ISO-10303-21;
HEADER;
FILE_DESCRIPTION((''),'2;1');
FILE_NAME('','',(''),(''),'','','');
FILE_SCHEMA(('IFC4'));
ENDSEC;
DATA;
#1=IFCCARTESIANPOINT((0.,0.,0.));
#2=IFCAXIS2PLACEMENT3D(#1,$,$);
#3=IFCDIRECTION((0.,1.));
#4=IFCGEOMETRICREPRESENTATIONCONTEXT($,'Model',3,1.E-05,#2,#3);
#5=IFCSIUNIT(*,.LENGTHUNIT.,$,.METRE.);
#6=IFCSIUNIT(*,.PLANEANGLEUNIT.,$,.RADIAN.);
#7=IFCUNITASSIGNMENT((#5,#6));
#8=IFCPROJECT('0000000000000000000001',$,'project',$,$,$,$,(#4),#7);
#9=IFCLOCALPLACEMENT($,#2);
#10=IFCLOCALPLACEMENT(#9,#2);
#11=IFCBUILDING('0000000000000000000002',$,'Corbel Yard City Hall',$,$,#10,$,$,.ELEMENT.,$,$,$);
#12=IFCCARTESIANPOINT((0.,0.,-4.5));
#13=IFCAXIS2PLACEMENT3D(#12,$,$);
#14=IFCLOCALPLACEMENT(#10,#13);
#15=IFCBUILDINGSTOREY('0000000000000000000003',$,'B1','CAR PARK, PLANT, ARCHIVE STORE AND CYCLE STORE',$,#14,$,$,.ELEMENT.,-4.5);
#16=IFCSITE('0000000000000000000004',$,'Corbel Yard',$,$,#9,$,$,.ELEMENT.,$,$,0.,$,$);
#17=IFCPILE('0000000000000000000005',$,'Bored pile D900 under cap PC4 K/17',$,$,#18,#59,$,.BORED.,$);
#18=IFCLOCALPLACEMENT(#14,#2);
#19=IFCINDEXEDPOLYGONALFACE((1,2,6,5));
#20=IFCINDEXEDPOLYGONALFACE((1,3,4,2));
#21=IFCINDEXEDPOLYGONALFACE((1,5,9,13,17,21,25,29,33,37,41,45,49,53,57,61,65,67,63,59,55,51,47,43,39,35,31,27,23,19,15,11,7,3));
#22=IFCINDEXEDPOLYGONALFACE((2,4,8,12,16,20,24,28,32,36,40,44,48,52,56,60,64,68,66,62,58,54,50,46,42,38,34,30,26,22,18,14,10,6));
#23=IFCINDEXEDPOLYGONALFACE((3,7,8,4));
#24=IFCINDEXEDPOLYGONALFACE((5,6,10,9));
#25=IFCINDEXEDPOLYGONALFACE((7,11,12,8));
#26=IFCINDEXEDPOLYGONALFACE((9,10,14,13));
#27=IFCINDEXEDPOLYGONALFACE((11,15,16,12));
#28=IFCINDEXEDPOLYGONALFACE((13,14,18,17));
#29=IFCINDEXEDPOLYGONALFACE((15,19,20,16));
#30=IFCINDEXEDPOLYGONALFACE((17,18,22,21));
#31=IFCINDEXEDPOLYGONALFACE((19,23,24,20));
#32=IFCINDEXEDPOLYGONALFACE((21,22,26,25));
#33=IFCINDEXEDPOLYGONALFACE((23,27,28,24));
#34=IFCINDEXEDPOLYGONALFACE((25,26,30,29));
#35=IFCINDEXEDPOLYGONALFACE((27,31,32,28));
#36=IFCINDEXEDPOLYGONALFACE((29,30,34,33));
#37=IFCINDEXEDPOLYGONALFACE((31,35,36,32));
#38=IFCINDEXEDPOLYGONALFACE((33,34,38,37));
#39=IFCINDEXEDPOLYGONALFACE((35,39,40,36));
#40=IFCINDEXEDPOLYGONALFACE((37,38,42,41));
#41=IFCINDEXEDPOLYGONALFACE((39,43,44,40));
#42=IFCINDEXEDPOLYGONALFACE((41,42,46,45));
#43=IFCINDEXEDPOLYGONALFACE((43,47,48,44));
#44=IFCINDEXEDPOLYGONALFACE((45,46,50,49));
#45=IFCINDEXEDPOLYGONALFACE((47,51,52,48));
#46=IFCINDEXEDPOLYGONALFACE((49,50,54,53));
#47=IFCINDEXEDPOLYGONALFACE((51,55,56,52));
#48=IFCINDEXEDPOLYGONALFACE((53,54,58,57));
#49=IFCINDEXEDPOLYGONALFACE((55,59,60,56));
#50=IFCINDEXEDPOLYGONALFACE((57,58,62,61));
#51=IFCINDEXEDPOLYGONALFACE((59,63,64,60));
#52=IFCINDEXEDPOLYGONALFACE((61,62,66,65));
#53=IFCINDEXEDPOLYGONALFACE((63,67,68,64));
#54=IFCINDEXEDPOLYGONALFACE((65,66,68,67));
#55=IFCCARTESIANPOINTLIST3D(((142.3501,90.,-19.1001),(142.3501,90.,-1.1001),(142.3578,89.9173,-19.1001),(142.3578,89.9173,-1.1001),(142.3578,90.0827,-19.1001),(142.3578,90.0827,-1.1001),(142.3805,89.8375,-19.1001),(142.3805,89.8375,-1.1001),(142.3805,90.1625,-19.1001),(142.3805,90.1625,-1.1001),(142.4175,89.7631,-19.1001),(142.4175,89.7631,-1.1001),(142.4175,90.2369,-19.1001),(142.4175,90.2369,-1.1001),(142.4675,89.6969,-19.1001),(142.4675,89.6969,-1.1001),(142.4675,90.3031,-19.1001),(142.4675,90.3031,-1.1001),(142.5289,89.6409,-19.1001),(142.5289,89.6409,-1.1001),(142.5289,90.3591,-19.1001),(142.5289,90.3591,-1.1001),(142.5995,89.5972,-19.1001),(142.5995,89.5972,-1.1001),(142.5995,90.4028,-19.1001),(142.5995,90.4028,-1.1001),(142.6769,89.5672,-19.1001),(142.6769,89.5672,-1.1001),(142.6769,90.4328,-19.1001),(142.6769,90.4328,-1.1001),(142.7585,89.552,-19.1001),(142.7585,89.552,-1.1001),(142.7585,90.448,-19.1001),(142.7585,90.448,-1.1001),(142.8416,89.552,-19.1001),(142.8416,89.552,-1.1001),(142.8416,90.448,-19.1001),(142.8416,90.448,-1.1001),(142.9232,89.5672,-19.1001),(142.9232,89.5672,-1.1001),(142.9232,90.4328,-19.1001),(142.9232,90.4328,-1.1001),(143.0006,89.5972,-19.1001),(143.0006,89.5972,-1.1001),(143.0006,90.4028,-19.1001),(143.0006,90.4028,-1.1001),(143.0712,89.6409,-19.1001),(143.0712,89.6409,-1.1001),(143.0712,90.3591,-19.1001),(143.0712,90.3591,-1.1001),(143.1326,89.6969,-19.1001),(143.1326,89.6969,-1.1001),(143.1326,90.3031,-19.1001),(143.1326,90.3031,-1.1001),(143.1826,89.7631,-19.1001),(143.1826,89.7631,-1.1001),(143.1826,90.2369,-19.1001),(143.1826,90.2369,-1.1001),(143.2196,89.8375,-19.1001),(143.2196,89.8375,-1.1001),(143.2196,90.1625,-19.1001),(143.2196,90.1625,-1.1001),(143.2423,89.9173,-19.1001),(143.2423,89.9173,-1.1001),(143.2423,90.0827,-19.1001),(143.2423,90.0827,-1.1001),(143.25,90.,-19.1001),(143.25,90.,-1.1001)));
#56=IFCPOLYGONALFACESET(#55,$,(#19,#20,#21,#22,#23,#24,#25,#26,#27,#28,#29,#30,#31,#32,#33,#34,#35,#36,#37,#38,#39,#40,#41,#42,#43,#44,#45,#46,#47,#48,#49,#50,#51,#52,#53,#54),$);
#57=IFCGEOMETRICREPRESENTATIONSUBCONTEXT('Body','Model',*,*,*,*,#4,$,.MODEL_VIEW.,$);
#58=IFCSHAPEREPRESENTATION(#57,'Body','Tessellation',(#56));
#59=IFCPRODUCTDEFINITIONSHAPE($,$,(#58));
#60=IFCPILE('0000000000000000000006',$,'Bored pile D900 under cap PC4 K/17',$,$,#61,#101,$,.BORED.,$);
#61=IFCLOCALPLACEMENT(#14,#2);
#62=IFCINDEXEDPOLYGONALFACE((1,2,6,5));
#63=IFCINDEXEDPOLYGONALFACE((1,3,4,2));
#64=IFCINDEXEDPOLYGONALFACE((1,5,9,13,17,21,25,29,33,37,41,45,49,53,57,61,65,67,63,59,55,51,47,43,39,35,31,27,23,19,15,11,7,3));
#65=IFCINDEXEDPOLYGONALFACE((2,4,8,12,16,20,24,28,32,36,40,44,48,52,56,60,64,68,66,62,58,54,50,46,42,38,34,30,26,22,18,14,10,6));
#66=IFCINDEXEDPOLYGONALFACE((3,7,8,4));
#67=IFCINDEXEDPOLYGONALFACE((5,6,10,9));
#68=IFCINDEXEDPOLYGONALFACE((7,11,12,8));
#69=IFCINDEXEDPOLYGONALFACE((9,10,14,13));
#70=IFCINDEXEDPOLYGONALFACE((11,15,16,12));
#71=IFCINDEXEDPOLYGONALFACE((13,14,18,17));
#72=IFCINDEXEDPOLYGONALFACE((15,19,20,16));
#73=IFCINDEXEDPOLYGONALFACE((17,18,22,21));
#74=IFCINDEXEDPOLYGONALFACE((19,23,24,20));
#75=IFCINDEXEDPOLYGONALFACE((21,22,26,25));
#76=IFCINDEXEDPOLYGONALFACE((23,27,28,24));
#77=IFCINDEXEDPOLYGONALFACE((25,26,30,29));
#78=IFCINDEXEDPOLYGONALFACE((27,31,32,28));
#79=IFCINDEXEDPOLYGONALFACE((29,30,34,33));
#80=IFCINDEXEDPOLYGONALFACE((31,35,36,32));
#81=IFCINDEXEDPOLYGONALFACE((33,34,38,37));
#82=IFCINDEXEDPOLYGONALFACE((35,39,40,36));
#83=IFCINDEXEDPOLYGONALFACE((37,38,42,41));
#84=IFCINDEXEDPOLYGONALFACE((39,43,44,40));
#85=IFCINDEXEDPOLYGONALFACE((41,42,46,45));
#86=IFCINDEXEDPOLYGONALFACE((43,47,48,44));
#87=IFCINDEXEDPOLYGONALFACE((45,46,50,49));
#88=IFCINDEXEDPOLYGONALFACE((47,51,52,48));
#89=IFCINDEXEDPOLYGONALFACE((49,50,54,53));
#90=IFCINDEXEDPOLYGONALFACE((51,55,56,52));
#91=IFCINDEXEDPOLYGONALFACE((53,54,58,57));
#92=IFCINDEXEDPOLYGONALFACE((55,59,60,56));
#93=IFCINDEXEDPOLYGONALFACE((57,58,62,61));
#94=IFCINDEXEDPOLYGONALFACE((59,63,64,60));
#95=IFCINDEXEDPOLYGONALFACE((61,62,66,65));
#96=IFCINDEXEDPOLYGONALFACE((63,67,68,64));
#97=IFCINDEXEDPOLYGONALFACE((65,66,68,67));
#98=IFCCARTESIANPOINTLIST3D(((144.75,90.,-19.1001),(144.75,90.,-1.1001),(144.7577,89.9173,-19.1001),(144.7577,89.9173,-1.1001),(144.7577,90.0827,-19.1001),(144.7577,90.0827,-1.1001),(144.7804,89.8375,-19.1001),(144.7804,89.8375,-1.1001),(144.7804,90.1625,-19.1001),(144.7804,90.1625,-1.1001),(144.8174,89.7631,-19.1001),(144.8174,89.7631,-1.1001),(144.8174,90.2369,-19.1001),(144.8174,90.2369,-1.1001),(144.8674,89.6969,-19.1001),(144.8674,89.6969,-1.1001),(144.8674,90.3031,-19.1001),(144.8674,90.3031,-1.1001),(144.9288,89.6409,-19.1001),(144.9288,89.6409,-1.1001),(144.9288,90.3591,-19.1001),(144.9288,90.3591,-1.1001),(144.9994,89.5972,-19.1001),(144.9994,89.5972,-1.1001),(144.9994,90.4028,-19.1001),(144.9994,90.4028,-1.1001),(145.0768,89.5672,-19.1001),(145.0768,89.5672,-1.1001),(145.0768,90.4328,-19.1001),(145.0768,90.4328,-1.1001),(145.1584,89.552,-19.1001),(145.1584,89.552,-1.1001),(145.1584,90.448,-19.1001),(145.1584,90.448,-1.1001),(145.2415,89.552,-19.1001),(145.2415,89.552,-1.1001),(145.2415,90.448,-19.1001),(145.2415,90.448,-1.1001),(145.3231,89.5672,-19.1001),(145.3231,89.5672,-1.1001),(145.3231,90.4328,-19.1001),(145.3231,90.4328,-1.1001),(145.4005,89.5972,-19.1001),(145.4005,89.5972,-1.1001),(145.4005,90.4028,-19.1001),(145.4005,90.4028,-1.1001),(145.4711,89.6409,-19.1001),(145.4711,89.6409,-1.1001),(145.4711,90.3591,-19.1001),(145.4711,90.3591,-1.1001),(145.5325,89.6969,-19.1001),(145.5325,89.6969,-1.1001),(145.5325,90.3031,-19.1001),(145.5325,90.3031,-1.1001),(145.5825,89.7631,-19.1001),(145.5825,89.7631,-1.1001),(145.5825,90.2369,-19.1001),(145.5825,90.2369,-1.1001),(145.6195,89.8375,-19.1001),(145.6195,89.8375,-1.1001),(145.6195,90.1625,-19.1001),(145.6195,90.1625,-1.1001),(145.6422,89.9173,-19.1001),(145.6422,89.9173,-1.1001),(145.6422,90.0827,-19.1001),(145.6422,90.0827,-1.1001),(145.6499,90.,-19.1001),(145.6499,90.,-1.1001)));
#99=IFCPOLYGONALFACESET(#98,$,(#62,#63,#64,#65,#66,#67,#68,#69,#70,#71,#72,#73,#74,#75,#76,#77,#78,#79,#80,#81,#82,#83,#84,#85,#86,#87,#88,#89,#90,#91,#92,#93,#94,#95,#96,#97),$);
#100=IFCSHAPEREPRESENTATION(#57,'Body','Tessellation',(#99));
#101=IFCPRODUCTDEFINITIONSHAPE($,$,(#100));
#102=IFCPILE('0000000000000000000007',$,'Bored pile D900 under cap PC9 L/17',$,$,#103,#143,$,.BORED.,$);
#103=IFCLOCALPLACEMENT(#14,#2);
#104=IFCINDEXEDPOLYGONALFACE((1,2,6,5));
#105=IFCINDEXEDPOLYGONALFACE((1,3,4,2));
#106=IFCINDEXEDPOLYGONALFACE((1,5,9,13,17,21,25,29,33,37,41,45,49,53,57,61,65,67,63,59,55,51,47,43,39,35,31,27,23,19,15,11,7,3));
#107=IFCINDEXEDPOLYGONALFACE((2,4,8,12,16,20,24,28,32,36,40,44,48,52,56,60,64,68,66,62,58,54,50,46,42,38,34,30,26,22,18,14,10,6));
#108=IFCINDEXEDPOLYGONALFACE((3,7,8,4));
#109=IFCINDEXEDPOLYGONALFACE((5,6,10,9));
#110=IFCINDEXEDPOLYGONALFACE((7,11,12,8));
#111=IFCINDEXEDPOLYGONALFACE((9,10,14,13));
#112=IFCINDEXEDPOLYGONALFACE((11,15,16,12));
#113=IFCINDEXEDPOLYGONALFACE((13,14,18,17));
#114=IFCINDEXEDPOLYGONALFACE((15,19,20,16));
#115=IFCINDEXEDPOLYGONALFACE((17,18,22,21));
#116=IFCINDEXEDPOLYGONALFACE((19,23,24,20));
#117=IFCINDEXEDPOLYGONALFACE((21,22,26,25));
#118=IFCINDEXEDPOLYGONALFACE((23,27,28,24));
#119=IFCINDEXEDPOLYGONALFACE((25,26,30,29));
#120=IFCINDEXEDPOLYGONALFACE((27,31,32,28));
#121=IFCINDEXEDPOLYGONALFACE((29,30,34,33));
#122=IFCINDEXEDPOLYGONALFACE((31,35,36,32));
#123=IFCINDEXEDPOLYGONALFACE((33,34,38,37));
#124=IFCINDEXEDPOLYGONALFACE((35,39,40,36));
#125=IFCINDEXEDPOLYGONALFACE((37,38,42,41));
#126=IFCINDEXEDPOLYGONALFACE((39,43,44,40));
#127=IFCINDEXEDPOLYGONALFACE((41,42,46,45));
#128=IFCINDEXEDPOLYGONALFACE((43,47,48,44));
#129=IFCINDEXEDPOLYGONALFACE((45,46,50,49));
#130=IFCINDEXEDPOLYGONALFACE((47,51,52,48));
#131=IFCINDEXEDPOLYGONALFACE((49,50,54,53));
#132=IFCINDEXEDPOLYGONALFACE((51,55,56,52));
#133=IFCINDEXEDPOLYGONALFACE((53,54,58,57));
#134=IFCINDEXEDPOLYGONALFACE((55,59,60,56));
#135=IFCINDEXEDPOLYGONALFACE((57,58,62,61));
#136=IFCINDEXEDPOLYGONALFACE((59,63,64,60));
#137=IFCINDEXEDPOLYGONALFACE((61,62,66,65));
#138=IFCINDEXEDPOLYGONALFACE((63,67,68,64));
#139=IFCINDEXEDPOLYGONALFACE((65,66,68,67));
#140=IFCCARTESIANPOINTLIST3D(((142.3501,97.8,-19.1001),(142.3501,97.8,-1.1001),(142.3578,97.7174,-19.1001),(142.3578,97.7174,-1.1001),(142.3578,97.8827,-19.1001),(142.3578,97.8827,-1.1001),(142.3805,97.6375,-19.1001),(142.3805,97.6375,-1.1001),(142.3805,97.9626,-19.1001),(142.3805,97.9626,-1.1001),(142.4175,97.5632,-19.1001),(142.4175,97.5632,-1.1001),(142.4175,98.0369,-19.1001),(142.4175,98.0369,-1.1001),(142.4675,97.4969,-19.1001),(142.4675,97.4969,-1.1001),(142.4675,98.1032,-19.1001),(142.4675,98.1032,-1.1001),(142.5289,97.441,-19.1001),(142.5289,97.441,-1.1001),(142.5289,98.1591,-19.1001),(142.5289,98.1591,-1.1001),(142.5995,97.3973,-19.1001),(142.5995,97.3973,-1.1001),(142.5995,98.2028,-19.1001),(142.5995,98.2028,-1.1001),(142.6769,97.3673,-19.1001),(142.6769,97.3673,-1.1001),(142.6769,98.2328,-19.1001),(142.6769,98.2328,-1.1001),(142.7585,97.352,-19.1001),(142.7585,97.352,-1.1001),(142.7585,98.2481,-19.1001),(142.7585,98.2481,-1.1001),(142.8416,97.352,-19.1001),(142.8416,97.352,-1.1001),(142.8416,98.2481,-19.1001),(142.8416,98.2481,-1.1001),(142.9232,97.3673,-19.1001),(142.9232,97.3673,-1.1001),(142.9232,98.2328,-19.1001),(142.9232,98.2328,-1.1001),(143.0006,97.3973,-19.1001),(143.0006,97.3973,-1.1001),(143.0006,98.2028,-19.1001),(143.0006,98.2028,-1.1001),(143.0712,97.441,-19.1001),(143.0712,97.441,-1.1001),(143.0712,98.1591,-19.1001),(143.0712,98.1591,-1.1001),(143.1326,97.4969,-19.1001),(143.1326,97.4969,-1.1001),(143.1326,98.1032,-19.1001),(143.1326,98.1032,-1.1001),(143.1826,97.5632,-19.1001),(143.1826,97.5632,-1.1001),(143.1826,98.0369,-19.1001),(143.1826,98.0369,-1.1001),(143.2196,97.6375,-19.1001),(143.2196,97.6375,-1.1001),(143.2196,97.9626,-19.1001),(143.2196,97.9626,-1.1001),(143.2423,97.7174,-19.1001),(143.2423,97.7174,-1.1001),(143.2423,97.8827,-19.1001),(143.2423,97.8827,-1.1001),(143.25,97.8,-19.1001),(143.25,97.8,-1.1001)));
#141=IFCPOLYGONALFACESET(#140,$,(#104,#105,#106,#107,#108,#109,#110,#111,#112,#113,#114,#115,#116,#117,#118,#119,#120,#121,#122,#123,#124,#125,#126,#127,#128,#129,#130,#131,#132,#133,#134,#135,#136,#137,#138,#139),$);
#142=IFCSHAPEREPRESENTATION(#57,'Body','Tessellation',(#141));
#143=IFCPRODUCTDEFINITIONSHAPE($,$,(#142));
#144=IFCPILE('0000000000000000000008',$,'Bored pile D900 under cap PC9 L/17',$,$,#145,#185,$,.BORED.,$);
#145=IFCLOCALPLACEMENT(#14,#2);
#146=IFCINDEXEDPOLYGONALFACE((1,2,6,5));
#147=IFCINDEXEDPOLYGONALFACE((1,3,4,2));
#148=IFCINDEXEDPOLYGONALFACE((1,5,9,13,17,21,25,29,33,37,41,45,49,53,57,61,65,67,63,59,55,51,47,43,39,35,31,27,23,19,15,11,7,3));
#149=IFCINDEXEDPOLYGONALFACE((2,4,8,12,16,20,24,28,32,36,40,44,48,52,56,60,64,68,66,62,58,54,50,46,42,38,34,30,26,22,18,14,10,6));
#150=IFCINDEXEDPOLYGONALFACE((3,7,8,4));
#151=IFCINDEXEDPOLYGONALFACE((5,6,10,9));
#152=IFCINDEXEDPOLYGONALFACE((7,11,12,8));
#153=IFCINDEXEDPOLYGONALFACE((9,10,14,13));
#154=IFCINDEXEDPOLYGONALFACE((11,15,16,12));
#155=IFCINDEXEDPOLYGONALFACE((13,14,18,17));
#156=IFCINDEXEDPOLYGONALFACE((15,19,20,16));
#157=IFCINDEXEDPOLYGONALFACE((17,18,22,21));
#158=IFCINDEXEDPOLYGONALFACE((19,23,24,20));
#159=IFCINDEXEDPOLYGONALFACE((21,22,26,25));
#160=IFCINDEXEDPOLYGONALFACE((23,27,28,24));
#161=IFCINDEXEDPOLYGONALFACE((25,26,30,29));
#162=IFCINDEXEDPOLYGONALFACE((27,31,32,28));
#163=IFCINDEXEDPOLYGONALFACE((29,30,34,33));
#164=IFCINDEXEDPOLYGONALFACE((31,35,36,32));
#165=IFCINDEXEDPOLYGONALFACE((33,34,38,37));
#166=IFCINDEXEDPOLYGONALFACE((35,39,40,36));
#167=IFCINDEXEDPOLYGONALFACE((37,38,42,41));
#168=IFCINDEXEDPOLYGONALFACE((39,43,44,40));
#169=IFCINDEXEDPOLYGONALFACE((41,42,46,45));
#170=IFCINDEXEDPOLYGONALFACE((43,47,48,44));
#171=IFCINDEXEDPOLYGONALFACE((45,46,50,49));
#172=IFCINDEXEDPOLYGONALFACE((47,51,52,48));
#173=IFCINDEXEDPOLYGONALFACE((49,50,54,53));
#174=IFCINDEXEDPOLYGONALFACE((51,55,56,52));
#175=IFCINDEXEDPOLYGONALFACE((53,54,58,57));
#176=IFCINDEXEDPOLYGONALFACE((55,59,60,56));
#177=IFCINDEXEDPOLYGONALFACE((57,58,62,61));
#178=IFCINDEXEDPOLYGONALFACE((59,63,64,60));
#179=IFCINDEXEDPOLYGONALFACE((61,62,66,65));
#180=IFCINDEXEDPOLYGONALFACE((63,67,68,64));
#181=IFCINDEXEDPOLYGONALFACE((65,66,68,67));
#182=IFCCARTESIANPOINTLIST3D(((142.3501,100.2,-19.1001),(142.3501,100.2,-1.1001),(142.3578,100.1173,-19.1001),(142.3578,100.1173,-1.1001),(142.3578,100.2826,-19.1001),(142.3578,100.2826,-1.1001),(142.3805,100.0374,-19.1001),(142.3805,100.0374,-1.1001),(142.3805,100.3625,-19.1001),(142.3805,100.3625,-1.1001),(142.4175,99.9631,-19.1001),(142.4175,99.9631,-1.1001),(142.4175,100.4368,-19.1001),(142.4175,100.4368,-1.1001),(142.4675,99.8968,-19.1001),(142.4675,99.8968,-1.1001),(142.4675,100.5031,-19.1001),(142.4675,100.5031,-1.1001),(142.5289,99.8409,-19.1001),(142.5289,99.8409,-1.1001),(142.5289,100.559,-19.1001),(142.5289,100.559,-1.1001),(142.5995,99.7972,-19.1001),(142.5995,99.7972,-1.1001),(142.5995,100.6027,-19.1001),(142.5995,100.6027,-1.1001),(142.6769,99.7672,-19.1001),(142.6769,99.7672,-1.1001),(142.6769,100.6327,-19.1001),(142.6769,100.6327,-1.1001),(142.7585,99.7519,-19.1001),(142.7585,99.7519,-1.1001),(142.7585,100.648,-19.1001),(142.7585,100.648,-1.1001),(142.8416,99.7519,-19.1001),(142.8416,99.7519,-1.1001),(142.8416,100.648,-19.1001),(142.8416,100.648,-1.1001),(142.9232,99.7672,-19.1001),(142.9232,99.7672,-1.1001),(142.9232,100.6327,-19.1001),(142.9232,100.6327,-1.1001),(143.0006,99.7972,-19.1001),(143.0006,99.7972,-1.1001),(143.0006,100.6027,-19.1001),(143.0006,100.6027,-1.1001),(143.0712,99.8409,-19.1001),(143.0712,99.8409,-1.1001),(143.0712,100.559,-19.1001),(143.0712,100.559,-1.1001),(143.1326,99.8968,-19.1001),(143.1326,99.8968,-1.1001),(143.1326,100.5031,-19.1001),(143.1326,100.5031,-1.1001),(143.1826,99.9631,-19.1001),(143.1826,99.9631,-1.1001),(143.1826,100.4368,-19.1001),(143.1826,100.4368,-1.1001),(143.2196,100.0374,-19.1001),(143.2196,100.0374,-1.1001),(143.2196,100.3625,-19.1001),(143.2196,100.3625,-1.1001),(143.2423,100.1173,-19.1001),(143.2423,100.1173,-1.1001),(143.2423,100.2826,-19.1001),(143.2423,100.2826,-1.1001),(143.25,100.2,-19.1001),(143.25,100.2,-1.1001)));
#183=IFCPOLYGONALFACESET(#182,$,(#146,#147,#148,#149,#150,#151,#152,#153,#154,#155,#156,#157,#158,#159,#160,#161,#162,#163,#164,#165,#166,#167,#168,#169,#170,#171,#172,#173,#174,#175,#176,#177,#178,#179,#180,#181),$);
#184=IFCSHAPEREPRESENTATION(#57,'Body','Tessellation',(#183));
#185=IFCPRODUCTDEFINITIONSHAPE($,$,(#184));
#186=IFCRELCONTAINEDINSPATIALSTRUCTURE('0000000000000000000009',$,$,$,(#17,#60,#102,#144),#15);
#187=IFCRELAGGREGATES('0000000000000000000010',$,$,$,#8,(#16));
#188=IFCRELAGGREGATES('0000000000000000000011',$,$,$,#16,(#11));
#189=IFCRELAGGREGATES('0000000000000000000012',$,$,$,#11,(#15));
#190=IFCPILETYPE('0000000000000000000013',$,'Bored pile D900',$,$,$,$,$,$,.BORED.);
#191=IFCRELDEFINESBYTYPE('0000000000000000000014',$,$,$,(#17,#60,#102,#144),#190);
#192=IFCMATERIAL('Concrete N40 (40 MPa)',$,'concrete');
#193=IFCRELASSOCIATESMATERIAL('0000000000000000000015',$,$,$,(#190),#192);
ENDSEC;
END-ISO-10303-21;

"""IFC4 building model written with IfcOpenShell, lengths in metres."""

from ifc_helpers import new_model, si_unit, direction, frame, origin, origin_2d, place, context, subcontext, project, spatial, circle, extrude, material, material_profile, profile_set, type_object, element, save


model = new_model("IFC4")

# Units and contexts
model_context = context("Model", 3, precision=1e-05, world=origin(), true_north=direction((0.0, 1.0)))
body_context = subcontext(model_context, "Body", "Model", "MODEL_VIEW")
ifc_project = project(units=[si_unit("LENGTHUNIT", "METRE"), si_unit("PLANEANGLEUNIT", "RADIAN")], contexts=[model_context])

# Site, building, storey
site_placement = place(None, origin())
site = spatial("IfcSite", under=ifc_project, at=site_placement, Name="Corbel Yard", CompositionType="ELEMENT", RefElevation=0.0)
building_placement = place(site_placement, origin())
building = spatial("IfcBuilding", under=site, at=building_placement, Name="Corbel Yard City Hall", CompositionType="ELEMENT")
storey_placement = place(building_placement, frame((0.0, 0.0, -4.5)))
storey = spatial("IfcBuildingStorey", under=building, at=storey_placement, Name="B1", Description="CAR PARK, PLANT, ARCHIVE STORE AND CYCLE STORE", CompositionType="ELEMENT", Elevation=-4.5)

# Piles
ifc_material_1 = material(Name="Concrete N40 (40 MPa)", Category="concrete")
ifc_material_profile_1 = material_profile(ifc_material_1, circle(Radius=0.45, at=origin_2d()), Name="D900")
ifc_profile_set_1 = profile_set([ifc_material_profile_1], Name="Concrete N40 (40 MPa)")
pile_type = type_object("IfcPileType", Name="Bored pile D900", PredefinedType="BORED", material=ifc_profile_set_1)
for number, where, z_axis, x_axis, name in (
    (1, (142.8, 90.0, -1.1001), (0.0, 0.0, -1.0), (1.0, 0.0, 0.0), "Bored pile D900 under cap PC4 K/17"),
    (2, (145.2, 90.0, -1.1001), (0.0, 0.0, -1.0), (1.0, 0.0, 0.0), "Bored pile D900 under cap PC4 K/17"),
    (3, (142.8, 97.8, -1.1001), (0.0, 0.0, -1.0), (1.0, 0.0, 0.0), "Bored pile D900 under cap PC9 L/17"),
    (4, (142.8, 100.2, -1.1001), (0.0, 0.0, -1.0), (1.0, 0.0, 0.0), "Bored pile D900 under cap PC9 L/17"),
):
    element("IfcPile", number, at=place(storey_placement, frame(where, z_axis=z_axis, x_axis=x_axis)), inside=storey, type_object=pile_type, Name=name, PredefinedType="BORED", context=body_context, shape_type="SweptSolid", body=[
        extrude(circle(Radius=0.45, at=origin_2d()), origin(), (0.0, 0.0, 1.0), 18.0),
    ])

save(model, "model.ifc")
